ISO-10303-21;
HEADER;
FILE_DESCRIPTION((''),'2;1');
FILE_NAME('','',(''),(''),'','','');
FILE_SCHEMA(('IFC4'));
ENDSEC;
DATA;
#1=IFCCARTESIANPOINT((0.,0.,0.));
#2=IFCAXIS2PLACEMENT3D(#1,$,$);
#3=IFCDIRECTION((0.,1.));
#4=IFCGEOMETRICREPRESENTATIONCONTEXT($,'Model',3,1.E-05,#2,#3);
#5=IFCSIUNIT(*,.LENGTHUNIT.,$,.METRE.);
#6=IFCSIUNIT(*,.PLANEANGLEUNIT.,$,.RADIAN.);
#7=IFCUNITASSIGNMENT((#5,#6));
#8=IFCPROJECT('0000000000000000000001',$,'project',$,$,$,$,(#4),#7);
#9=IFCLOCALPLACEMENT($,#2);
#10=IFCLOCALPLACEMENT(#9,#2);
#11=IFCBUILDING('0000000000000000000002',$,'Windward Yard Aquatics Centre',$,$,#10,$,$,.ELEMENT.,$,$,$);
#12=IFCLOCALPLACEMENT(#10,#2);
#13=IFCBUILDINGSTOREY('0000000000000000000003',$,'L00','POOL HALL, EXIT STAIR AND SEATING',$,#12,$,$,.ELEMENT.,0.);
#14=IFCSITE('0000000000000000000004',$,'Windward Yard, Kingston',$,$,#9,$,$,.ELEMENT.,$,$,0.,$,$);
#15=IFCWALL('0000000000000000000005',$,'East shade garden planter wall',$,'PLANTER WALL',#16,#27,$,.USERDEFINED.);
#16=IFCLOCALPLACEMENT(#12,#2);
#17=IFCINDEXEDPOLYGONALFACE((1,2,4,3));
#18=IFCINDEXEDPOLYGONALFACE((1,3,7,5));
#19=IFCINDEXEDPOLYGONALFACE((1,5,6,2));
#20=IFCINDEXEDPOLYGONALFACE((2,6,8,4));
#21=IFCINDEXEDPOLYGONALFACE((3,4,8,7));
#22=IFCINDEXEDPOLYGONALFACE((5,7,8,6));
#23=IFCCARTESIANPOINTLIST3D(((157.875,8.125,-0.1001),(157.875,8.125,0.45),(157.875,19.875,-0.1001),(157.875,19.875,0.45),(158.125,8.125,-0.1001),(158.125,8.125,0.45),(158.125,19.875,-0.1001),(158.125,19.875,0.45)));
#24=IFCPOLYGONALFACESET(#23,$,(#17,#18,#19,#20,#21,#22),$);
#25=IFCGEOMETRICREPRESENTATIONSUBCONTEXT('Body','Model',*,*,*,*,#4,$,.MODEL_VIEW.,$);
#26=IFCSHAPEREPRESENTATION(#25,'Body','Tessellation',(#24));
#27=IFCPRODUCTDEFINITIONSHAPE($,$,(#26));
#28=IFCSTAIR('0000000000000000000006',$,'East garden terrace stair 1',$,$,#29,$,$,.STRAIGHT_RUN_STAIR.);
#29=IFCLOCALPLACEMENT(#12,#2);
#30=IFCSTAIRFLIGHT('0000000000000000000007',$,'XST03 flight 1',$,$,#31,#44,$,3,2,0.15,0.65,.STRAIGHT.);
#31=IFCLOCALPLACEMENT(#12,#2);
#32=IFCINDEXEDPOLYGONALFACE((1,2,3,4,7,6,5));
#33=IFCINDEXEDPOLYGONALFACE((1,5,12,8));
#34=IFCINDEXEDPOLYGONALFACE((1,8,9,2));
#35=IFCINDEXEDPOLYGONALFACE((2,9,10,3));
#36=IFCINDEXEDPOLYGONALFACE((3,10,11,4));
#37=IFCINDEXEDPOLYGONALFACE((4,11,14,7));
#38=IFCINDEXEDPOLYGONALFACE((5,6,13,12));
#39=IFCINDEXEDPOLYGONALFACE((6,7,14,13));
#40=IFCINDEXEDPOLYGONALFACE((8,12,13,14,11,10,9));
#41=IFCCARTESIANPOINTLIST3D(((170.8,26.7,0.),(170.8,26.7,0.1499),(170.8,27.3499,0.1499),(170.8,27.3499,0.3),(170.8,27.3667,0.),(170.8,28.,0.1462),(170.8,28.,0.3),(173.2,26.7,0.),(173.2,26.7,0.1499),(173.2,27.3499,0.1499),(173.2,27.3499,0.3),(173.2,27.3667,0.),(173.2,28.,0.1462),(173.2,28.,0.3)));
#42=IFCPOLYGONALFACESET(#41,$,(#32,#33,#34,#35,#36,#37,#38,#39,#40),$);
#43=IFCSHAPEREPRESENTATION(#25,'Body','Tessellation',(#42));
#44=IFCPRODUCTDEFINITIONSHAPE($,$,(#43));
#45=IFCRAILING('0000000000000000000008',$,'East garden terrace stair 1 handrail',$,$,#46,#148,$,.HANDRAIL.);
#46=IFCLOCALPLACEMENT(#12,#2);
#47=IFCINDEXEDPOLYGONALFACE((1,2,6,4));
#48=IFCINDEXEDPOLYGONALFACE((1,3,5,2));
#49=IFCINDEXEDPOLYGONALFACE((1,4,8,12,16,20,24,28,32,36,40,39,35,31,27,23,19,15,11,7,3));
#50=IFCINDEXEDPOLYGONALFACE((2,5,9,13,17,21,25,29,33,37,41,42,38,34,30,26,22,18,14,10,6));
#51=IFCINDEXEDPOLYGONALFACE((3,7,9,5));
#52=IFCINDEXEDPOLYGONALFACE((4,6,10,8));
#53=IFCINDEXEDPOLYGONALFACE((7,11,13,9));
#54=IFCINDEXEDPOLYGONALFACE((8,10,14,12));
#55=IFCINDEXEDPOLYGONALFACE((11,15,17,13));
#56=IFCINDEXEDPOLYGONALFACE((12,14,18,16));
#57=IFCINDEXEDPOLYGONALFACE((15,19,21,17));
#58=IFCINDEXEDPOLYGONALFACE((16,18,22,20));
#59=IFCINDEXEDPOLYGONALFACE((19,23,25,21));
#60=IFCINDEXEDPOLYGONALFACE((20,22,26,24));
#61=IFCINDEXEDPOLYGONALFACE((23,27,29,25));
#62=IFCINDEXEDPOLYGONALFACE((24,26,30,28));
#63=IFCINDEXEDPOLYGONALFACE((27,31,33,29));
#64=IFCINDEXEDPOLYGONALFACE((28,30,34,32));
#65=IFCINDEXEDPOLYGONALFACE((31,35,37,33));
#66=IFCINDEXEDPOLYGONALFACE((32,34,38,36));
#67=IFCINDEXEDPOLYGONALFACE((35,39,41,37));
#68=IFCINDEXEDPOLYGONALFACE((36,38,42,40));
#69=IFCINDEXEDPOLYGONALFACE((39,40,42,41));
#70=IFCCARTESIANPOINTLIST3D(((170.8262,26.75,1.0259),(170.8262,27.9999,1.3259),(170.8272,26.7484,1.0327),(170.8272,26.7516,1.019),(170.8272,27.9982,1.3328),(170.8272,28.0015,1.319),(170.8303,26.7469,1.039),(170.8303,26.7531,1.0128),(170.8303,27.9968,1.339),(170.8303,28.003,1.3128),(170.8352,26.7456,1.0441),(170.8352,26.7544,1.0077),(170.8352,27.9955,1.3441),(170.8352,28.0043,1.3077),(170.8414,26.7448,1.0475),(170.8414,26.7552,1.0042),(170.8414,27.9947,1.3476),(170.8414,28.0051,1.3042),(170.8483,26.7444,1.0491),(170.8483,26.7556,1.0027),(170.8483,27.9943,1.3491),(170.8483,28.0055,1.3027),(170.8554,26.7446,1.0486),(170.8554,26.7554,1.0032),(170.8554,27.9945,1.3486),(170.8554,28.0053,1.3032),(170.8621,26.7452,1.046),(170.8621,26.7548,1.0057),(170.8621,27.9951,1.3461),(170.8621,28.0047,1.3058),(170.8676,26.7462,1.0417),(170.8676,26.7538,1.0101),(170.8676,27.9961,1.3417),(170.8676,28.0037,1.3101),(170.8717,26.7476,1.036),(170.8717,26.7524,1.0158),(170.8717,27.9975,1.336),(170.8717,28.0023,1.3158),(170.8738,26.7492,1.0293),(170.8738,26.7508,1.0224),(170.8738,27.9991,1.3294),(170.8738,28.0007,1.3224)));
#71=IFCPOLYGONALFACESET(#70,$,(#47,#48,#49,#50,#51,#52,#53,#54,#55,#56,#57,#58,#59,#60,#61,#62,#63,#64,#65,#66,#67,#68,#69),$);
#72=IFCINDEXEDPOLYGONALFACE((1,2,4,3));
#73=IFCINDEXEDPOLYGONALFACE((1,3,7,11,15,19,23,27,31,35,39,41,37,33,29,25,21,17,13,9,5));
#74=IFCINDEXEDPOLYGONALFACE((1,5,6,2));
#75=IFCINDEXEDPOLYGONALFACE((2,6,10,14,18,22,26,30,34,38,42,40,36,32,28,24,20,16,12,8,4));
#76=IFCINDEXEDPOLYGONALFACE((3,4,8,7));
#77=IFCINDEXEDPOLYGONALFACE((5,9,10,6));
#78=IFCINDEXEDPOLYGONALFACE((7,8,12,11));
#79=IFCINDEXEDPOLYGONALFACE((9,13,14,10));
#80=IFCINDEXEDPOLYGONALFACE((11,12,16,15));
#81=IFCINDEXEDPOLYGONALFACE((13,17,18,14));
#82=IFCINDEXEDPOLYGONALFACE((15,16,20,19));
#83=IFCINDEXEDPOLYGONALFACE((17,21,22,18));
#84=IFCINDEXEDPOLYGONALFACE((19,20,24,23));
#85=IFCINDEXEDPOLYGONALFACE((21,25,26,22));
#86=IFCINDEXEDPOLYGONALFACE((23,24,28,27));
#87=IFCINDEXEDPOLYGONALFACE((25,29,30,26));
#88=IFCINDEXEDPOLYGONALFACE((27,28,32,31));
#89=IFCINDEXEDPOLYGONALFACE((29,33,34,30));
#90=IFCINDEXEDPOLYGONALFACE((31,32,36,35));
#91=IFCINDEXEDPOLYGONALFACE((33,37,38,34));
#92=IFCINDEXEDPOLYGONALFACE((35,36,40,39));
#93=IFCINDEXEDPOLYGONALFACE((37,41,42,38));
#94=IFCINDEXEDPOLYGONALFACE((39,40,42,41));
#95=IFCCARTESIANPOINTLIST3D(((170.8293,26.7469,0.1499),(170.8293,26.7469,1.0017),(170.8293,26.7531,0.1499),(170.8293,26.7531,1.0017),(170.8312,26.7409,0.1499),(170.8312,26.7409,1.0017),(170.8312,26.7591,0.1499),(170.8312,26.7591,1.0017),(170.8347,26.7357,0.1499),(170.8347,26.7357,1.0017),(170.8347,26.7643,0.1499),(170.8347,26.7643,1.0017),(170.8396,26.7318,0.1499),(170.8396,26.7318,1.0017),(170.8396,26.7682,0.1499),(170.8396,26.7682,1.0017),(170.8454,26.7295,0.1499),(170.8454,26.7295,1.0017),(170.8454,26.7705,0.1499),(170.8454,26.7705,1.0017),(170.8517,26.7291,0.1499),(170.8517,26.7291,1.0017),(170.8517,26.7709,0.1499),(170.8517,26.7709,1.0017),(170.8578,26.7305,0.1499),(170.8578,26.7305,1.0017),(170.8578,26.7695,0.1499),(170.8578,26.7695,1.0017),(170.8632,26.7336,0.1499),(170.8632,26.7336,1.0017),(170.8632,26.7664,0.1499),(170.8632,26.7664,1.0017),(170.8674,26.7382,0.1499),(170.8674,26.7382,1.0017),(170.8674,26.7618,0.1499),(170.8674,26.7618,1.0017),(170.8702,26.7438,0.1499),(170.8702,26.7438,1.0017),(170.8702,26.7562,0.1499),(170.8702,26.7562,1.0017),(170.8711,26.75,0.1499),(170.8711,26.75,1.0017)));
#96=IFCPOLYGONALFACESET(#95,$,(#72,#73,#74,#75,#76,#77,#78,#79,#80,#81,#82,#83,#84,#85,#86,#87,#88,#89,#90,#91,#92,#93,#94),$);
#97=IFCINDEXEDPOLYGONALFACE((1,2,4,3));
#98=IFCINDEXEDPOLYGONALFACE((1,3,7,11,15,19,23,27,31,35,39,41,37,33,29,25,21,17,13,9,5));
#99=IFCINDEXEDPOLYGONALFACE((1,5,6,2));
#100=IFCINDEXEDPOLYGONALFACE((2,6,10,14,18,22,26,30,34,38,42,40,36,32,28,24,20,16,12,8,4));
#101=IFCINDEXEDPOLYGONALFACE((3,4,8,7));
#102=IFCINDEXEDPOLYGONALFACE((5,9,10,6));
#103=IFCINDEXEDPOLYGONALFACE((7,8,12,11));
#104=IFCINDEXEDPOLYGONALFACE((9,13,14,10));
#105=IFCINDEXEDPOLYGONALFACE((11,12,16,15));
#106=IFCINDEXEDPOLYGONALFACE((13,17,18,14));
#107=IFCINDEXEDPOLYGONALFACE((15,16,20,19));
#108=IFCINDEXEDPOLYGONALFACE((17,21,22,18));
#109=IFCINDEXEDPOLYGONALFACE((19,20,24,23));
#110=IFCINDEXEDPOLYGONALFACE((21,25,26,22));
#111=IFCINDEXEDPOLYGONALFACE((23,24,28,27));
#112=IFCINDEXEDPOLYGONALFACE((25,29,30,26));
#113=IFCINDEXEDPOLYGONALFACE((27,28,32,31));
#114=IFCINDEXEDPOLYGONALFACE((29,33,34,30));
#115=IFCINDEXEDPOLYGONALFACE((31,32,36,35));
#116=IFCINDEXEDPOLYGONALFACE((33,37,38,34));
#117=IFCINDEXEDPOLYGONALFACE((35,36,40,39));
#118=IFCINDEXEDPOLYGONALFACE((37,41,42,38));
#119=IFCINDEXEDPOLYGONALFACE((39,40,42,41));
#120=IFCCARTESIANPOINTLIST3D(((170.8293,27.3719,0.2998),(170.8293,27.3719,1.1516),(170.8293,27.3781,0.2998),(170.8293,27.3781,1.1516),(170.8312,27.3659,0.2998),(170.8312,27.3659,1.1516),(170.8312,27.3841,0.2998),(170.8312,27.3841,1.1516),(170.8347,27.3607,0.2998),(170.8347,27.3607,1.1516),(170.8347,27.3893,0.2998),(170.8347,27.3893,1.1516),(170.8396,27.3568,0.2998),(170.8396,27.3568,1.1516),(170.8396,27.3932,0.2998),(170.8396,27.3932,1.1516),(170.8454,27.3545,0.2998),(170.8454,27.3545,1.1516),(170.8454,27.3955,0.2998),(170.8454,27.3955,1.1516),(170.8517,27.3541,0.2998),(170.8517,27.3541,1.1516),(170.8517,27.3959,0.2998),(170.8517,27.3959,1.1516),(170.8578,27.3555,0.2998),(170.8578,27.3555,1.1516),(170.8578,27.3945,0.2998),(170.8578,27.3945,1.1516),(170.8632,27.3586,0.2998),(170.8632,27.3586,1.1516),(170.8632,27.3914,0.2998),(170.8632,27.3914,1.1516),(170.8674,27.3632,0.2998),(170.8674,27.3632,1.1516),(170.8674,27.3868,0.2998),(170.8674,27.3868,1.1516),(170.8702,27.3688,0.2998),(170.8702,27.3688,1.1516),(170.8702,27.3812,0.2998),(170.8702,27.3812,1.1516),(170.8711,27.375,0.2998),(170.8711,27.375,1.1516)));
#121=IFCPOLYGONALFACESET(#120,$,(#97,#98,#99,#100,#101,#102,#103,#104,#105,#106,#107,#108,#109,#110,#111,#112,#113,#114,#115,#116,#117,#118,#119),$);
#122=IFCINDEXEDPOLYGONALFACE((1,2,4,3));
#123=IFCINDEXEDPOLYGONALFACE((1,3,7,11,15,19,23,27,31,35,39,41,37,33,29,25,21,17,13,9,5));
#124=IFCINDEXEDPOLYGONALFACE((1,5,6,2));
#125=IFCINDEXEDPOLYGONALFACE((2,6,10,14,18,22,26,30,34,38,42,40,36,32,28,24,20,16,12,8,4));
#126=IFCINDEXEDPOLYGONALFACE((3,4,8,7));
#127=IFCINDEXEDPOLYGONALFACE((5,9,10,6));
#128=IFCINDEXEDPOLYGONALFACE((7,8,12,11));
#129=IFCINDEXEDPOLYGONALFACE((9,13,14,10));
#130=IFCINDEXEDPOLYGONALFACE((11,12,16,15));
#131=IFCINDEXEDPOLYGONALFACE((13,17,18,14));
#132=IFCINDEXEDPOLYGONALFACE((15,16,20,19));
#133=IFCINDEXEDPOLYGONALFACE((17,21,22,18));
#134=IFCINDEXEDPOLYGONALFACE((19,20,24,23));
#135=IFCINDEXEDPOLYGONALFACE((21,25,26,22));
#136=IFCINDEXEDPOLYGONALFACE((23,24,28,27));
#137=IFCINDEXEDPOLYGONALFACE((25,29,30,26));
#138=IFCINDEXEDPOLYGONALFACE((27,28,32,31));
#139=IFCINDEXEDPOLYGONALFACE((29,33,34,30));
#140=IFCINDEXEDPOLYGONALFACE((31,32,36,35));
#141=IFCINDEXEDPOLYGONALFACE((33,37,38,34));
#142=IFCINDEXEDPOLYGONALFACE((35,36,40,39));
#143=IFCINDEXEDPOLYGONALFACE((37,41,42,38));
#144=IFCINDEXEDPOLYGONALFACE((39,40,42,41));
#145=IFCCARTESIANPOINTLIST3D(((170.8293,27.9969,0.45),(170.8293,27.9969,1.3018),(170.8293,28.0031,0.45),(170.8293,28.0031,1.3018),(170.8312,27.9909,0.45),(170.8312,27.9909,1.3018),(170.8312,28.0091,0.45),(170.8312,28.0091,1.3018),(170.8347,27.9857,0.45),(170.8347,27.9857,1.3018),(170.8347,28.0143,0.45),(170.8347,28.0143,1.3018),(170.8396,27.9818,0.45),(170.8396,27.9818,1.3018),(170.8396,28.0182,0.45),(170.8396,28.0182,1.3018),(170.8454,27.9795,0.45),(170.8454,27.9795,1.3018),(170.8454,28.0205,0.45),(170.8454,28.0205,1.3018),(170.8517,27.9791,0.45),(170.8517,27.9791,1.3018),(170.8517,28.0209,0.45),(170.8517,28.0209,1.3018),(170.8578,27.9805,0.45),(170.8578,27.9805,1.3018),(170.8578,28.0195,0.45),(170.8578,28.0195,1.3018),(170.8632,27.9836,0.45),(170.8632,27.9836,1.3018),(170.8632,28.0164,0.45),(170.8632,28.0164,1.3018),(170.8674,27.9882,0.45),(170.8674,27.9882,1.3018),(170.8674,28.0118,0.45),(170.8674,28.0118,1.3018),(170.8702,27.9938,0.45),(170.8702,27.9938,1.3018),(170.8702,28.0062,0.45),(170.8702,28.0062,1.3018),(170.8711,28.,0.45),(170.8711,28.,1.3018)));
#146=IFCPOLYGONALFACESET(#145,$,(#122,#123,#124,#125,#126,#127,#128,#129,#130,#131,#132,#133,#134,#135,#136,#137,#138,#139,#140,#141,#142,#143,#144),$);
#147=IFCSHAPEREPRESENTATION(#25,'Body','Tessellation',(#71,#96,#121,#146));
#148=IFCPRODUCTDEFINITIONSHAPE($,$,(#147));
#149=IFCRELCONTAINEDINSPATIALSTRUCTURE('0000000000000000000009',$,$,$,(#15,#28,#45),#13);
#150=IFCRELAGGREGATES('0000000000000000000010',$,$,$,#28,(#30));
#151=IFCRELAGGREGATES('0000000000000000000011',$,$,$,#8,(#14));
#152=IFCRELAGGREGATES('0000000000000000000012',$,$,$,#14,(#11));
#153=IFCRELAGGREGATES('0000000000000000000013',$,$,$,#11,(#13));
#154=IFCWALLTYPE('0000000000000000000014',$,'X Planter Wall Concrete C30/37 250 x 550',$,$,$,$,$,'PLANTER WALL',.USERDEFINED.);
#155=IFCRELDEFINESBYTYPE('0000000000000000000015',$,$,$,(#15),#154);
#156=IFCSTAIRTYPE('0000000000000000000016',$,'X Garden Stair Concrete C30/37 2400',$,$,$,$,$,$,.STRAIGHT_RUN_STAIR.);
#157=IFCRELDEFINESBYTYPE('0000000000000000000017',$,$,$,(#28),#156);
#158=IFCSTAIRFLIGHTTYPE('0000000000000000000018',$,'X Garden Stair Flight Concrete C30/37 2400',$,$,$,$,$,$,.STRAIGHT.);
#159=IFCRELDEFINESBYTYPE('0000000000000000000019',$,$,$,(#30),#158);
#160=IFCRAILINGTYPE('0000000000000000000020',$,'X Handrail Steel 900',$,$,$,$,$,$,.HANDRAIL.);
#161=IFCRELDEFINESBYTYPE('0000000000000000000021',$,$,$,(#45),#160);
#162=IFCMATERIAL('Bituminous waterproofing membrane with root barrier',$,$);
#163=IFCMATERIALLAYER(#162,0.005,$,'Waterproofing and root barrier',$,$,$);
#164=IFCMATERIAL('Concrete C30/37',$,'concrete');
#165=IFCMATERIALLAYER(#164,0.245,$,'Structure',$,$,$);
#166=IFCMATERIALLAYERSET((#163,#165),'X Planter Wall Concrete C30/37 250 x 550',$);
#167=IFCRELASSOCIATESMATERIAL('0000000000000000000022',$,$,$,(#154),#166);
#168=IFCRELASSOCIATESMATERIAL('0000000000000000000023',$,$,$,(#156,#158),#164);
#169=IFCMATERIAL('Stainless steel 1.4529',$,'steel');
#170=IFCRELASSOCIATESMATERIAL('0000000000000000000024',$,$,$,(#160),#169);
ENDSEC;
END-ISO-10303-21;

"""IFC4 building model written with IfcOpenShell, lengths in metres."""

from ifc_helpers import new_model, si_unit, direction, frame, frame_2d, origin, origin_2d, place, context, subcontext, project, spatial, polyline, rectangle, circle, outline, extrude, material, layer, layer_set, type_object, element, aggregate, save


model = new_model("IFC4")

# Units and contexts
model_context = context("Model", 3, precision=1e-05, world=origin(), true_north=direction((0.0, 1.0)))
body_context = subcontext(model_context, "Body", "Model", "MODEL_VIEW")
ifc_project = project(units=[si_unit("LENGTHUNIT", "METRE"), si_unit("PLANEANGLEUNIT", "RADIAN")], contexts=[model_context])

# Site, building, storey
site_placement = place(None, origin())
site = spatial("IfcSite", under=ifc_project, at=site_placement, Name="Windward Yard, Kingston", CompositionType="ELEMENT", RefElevation=0.0)
building_placement = place(site_placement, origin())
building = spatial("IfcBuilding", under=site, at=building_placement, Name="Windward Yard Aquatics Centre", CompositionType="ELEMENT")
storey_placement = place(building_placement, origin())
storey = spatial("IfcBuildingStorey", under=building, at=storey_placement, Name="L00", Description="POOL HALL, EXIT STAIR AND SEATING", CompositionType="ELEMENT", Elevation=0.0)

# Wall
ifc_material_1 = material(Name="Bituminous waterproofing membrane with root barrier")
ifc_layer_1 = layer(ifc_material_1, 0.005, Name="Waterproofing and root barrier")
ifc_material_2 = material(Name="Concrete C30/37", Category="concrete")
ifc_layer_2 = layer(ifc_material_2, 0.245, Name="Structure")
ifc_layer_set_1 = layer_set([ifc_layer_1, ifc_layer_2], Name="X Planter Wall Concrete C30/37 250 x 550")
wall_type_1 = type_object("IfcWallType", Name="X Planter Wall Concrete C30/37 250 x 550", ElementType="PLANTER WALL", PredefinedType="USERDEFINED", material=ifc_layer_set_1)
wall_1_placement = place(storey_placement, frame((158.0, 8.125, -0.1001), z_axis=(0.0, 0.0, 1.0), x_axis=(0.0, 1.0, 0.0)))
element("IfcWall", 1, at=wall_1_placement, inside=storey, type_object=wall_type_1, Name="East shade garden planter wall", ObjectType="PLANTER WALL", PredefinedType="USERDEFINED", context=body_context, shape_type="SweptSolid", body=[
    extrude(rectangle(XDim=11.75, YDim=0.25, at=frame_2d((5.875, 0.0))), origin(), (0.0, 0.0, 1.0), 0.55),
])

# Stair, stair flight
stair_type = type_object("IfcStairType", Name="X Garden Stair Concrete C30/37 2400", PredefinedType="STRAIGHT_RUN_STAIR", material=ifc_material_2)
stair_placement = place(storey_placement, origin())
stair = element("IfcStair", 2, at=stair_placement, inside=storey, type_object=stair_type, Name="East garden terrace stair 1", PredefinedType="STRAIGHT_RUN_STAIR")
stair_flight_type = type_object("IfcStairFlightType", Name="X Garden Stair Flight Concrete C30/37 2400", PredefinedType="STRAIGHT", material=ifc_material_2)
stair_flight_placement = place(storey_placement, frame((172.0, 26.7, 0.0), z_axis=(0.0, 0.0, 1.0), x_axis=(0.0, 1.0, 0.0)))
stair_flight = element("IfcStairFlight", 3, at=stair_flight_placement, type_object=stair_flight_type, Name="XST03 flight 1", NumberOfRisers=3, NumberOfTreads=2, PredefinedType="STRAIGHT", RiserHeight=0.15, TreadLength=0.65, context=body_context, shape_type="SweptSolid", body=[
    extrude(outline(polyline([(0.0, 0.0), (0.0, 0.1499), (0.6499, 0.1499), (0.6499, 0.3), (1.3, 0.3), (1.3, 0.45), (1.3, 0.1462), (0.6667, 0.0), (0.0, 0.0)])), frame((0.0, 1.2, 0.0), z_axis=(0.0, -1.0, 0.0), x_axis=(1.0, 0.0, 0.0)), (0.0, 0.0, 1.0), 2.3999),
])
aggregate(stair, [stair_flight])

# Railing
ifc_material_3 = material(Name="Stainless steel 1.4529", Category="steel")
railing_type = type_object("IfcRailingType", Name="X Handrail Steel 900", PredefinedType="HANDRAIL", material=ifc_material_3)
for number, where, name in (
    (4, (170.8501, 26.75, 0.1499), "East garden terrace stair 1 handrail"),
):
    element("IfcRailing", number, at=place(storey_placement, frame(where)), inside=storey, type_object=railing_type, Name=name, PredefinedType="HANDRAIL", context=body_context, shape_type="SweptSolid", body=[
        extrude(circle(Radius=0.0239, at=origin_2d()), frame((0.0, 0.0, 0.876), z_axis=(0.0, 0.972379, 0.233409), x_axis=(-1.0, 0.0, 0.0)), (0.0, 0.0, 1.0), 1.2854),
        extrude(circle(Radius=0.021, at=origin_2d()), origin(), (0.0, 0.0, 1.0), 0.8518),
        extrude(circle(Radius=0.021, at=origin_2d()), frame((0.0, 0.625, 0.1499)), (0.0, 0.0, 1.0), 0.8518),
        extrude(circle(Radius=0.021, at=origin_2d()), frame((0.0, 1.25, 0.3)), (0.0, 0.0, 1.0), 0.8518),
    ])

save(model, "model.ifc")
